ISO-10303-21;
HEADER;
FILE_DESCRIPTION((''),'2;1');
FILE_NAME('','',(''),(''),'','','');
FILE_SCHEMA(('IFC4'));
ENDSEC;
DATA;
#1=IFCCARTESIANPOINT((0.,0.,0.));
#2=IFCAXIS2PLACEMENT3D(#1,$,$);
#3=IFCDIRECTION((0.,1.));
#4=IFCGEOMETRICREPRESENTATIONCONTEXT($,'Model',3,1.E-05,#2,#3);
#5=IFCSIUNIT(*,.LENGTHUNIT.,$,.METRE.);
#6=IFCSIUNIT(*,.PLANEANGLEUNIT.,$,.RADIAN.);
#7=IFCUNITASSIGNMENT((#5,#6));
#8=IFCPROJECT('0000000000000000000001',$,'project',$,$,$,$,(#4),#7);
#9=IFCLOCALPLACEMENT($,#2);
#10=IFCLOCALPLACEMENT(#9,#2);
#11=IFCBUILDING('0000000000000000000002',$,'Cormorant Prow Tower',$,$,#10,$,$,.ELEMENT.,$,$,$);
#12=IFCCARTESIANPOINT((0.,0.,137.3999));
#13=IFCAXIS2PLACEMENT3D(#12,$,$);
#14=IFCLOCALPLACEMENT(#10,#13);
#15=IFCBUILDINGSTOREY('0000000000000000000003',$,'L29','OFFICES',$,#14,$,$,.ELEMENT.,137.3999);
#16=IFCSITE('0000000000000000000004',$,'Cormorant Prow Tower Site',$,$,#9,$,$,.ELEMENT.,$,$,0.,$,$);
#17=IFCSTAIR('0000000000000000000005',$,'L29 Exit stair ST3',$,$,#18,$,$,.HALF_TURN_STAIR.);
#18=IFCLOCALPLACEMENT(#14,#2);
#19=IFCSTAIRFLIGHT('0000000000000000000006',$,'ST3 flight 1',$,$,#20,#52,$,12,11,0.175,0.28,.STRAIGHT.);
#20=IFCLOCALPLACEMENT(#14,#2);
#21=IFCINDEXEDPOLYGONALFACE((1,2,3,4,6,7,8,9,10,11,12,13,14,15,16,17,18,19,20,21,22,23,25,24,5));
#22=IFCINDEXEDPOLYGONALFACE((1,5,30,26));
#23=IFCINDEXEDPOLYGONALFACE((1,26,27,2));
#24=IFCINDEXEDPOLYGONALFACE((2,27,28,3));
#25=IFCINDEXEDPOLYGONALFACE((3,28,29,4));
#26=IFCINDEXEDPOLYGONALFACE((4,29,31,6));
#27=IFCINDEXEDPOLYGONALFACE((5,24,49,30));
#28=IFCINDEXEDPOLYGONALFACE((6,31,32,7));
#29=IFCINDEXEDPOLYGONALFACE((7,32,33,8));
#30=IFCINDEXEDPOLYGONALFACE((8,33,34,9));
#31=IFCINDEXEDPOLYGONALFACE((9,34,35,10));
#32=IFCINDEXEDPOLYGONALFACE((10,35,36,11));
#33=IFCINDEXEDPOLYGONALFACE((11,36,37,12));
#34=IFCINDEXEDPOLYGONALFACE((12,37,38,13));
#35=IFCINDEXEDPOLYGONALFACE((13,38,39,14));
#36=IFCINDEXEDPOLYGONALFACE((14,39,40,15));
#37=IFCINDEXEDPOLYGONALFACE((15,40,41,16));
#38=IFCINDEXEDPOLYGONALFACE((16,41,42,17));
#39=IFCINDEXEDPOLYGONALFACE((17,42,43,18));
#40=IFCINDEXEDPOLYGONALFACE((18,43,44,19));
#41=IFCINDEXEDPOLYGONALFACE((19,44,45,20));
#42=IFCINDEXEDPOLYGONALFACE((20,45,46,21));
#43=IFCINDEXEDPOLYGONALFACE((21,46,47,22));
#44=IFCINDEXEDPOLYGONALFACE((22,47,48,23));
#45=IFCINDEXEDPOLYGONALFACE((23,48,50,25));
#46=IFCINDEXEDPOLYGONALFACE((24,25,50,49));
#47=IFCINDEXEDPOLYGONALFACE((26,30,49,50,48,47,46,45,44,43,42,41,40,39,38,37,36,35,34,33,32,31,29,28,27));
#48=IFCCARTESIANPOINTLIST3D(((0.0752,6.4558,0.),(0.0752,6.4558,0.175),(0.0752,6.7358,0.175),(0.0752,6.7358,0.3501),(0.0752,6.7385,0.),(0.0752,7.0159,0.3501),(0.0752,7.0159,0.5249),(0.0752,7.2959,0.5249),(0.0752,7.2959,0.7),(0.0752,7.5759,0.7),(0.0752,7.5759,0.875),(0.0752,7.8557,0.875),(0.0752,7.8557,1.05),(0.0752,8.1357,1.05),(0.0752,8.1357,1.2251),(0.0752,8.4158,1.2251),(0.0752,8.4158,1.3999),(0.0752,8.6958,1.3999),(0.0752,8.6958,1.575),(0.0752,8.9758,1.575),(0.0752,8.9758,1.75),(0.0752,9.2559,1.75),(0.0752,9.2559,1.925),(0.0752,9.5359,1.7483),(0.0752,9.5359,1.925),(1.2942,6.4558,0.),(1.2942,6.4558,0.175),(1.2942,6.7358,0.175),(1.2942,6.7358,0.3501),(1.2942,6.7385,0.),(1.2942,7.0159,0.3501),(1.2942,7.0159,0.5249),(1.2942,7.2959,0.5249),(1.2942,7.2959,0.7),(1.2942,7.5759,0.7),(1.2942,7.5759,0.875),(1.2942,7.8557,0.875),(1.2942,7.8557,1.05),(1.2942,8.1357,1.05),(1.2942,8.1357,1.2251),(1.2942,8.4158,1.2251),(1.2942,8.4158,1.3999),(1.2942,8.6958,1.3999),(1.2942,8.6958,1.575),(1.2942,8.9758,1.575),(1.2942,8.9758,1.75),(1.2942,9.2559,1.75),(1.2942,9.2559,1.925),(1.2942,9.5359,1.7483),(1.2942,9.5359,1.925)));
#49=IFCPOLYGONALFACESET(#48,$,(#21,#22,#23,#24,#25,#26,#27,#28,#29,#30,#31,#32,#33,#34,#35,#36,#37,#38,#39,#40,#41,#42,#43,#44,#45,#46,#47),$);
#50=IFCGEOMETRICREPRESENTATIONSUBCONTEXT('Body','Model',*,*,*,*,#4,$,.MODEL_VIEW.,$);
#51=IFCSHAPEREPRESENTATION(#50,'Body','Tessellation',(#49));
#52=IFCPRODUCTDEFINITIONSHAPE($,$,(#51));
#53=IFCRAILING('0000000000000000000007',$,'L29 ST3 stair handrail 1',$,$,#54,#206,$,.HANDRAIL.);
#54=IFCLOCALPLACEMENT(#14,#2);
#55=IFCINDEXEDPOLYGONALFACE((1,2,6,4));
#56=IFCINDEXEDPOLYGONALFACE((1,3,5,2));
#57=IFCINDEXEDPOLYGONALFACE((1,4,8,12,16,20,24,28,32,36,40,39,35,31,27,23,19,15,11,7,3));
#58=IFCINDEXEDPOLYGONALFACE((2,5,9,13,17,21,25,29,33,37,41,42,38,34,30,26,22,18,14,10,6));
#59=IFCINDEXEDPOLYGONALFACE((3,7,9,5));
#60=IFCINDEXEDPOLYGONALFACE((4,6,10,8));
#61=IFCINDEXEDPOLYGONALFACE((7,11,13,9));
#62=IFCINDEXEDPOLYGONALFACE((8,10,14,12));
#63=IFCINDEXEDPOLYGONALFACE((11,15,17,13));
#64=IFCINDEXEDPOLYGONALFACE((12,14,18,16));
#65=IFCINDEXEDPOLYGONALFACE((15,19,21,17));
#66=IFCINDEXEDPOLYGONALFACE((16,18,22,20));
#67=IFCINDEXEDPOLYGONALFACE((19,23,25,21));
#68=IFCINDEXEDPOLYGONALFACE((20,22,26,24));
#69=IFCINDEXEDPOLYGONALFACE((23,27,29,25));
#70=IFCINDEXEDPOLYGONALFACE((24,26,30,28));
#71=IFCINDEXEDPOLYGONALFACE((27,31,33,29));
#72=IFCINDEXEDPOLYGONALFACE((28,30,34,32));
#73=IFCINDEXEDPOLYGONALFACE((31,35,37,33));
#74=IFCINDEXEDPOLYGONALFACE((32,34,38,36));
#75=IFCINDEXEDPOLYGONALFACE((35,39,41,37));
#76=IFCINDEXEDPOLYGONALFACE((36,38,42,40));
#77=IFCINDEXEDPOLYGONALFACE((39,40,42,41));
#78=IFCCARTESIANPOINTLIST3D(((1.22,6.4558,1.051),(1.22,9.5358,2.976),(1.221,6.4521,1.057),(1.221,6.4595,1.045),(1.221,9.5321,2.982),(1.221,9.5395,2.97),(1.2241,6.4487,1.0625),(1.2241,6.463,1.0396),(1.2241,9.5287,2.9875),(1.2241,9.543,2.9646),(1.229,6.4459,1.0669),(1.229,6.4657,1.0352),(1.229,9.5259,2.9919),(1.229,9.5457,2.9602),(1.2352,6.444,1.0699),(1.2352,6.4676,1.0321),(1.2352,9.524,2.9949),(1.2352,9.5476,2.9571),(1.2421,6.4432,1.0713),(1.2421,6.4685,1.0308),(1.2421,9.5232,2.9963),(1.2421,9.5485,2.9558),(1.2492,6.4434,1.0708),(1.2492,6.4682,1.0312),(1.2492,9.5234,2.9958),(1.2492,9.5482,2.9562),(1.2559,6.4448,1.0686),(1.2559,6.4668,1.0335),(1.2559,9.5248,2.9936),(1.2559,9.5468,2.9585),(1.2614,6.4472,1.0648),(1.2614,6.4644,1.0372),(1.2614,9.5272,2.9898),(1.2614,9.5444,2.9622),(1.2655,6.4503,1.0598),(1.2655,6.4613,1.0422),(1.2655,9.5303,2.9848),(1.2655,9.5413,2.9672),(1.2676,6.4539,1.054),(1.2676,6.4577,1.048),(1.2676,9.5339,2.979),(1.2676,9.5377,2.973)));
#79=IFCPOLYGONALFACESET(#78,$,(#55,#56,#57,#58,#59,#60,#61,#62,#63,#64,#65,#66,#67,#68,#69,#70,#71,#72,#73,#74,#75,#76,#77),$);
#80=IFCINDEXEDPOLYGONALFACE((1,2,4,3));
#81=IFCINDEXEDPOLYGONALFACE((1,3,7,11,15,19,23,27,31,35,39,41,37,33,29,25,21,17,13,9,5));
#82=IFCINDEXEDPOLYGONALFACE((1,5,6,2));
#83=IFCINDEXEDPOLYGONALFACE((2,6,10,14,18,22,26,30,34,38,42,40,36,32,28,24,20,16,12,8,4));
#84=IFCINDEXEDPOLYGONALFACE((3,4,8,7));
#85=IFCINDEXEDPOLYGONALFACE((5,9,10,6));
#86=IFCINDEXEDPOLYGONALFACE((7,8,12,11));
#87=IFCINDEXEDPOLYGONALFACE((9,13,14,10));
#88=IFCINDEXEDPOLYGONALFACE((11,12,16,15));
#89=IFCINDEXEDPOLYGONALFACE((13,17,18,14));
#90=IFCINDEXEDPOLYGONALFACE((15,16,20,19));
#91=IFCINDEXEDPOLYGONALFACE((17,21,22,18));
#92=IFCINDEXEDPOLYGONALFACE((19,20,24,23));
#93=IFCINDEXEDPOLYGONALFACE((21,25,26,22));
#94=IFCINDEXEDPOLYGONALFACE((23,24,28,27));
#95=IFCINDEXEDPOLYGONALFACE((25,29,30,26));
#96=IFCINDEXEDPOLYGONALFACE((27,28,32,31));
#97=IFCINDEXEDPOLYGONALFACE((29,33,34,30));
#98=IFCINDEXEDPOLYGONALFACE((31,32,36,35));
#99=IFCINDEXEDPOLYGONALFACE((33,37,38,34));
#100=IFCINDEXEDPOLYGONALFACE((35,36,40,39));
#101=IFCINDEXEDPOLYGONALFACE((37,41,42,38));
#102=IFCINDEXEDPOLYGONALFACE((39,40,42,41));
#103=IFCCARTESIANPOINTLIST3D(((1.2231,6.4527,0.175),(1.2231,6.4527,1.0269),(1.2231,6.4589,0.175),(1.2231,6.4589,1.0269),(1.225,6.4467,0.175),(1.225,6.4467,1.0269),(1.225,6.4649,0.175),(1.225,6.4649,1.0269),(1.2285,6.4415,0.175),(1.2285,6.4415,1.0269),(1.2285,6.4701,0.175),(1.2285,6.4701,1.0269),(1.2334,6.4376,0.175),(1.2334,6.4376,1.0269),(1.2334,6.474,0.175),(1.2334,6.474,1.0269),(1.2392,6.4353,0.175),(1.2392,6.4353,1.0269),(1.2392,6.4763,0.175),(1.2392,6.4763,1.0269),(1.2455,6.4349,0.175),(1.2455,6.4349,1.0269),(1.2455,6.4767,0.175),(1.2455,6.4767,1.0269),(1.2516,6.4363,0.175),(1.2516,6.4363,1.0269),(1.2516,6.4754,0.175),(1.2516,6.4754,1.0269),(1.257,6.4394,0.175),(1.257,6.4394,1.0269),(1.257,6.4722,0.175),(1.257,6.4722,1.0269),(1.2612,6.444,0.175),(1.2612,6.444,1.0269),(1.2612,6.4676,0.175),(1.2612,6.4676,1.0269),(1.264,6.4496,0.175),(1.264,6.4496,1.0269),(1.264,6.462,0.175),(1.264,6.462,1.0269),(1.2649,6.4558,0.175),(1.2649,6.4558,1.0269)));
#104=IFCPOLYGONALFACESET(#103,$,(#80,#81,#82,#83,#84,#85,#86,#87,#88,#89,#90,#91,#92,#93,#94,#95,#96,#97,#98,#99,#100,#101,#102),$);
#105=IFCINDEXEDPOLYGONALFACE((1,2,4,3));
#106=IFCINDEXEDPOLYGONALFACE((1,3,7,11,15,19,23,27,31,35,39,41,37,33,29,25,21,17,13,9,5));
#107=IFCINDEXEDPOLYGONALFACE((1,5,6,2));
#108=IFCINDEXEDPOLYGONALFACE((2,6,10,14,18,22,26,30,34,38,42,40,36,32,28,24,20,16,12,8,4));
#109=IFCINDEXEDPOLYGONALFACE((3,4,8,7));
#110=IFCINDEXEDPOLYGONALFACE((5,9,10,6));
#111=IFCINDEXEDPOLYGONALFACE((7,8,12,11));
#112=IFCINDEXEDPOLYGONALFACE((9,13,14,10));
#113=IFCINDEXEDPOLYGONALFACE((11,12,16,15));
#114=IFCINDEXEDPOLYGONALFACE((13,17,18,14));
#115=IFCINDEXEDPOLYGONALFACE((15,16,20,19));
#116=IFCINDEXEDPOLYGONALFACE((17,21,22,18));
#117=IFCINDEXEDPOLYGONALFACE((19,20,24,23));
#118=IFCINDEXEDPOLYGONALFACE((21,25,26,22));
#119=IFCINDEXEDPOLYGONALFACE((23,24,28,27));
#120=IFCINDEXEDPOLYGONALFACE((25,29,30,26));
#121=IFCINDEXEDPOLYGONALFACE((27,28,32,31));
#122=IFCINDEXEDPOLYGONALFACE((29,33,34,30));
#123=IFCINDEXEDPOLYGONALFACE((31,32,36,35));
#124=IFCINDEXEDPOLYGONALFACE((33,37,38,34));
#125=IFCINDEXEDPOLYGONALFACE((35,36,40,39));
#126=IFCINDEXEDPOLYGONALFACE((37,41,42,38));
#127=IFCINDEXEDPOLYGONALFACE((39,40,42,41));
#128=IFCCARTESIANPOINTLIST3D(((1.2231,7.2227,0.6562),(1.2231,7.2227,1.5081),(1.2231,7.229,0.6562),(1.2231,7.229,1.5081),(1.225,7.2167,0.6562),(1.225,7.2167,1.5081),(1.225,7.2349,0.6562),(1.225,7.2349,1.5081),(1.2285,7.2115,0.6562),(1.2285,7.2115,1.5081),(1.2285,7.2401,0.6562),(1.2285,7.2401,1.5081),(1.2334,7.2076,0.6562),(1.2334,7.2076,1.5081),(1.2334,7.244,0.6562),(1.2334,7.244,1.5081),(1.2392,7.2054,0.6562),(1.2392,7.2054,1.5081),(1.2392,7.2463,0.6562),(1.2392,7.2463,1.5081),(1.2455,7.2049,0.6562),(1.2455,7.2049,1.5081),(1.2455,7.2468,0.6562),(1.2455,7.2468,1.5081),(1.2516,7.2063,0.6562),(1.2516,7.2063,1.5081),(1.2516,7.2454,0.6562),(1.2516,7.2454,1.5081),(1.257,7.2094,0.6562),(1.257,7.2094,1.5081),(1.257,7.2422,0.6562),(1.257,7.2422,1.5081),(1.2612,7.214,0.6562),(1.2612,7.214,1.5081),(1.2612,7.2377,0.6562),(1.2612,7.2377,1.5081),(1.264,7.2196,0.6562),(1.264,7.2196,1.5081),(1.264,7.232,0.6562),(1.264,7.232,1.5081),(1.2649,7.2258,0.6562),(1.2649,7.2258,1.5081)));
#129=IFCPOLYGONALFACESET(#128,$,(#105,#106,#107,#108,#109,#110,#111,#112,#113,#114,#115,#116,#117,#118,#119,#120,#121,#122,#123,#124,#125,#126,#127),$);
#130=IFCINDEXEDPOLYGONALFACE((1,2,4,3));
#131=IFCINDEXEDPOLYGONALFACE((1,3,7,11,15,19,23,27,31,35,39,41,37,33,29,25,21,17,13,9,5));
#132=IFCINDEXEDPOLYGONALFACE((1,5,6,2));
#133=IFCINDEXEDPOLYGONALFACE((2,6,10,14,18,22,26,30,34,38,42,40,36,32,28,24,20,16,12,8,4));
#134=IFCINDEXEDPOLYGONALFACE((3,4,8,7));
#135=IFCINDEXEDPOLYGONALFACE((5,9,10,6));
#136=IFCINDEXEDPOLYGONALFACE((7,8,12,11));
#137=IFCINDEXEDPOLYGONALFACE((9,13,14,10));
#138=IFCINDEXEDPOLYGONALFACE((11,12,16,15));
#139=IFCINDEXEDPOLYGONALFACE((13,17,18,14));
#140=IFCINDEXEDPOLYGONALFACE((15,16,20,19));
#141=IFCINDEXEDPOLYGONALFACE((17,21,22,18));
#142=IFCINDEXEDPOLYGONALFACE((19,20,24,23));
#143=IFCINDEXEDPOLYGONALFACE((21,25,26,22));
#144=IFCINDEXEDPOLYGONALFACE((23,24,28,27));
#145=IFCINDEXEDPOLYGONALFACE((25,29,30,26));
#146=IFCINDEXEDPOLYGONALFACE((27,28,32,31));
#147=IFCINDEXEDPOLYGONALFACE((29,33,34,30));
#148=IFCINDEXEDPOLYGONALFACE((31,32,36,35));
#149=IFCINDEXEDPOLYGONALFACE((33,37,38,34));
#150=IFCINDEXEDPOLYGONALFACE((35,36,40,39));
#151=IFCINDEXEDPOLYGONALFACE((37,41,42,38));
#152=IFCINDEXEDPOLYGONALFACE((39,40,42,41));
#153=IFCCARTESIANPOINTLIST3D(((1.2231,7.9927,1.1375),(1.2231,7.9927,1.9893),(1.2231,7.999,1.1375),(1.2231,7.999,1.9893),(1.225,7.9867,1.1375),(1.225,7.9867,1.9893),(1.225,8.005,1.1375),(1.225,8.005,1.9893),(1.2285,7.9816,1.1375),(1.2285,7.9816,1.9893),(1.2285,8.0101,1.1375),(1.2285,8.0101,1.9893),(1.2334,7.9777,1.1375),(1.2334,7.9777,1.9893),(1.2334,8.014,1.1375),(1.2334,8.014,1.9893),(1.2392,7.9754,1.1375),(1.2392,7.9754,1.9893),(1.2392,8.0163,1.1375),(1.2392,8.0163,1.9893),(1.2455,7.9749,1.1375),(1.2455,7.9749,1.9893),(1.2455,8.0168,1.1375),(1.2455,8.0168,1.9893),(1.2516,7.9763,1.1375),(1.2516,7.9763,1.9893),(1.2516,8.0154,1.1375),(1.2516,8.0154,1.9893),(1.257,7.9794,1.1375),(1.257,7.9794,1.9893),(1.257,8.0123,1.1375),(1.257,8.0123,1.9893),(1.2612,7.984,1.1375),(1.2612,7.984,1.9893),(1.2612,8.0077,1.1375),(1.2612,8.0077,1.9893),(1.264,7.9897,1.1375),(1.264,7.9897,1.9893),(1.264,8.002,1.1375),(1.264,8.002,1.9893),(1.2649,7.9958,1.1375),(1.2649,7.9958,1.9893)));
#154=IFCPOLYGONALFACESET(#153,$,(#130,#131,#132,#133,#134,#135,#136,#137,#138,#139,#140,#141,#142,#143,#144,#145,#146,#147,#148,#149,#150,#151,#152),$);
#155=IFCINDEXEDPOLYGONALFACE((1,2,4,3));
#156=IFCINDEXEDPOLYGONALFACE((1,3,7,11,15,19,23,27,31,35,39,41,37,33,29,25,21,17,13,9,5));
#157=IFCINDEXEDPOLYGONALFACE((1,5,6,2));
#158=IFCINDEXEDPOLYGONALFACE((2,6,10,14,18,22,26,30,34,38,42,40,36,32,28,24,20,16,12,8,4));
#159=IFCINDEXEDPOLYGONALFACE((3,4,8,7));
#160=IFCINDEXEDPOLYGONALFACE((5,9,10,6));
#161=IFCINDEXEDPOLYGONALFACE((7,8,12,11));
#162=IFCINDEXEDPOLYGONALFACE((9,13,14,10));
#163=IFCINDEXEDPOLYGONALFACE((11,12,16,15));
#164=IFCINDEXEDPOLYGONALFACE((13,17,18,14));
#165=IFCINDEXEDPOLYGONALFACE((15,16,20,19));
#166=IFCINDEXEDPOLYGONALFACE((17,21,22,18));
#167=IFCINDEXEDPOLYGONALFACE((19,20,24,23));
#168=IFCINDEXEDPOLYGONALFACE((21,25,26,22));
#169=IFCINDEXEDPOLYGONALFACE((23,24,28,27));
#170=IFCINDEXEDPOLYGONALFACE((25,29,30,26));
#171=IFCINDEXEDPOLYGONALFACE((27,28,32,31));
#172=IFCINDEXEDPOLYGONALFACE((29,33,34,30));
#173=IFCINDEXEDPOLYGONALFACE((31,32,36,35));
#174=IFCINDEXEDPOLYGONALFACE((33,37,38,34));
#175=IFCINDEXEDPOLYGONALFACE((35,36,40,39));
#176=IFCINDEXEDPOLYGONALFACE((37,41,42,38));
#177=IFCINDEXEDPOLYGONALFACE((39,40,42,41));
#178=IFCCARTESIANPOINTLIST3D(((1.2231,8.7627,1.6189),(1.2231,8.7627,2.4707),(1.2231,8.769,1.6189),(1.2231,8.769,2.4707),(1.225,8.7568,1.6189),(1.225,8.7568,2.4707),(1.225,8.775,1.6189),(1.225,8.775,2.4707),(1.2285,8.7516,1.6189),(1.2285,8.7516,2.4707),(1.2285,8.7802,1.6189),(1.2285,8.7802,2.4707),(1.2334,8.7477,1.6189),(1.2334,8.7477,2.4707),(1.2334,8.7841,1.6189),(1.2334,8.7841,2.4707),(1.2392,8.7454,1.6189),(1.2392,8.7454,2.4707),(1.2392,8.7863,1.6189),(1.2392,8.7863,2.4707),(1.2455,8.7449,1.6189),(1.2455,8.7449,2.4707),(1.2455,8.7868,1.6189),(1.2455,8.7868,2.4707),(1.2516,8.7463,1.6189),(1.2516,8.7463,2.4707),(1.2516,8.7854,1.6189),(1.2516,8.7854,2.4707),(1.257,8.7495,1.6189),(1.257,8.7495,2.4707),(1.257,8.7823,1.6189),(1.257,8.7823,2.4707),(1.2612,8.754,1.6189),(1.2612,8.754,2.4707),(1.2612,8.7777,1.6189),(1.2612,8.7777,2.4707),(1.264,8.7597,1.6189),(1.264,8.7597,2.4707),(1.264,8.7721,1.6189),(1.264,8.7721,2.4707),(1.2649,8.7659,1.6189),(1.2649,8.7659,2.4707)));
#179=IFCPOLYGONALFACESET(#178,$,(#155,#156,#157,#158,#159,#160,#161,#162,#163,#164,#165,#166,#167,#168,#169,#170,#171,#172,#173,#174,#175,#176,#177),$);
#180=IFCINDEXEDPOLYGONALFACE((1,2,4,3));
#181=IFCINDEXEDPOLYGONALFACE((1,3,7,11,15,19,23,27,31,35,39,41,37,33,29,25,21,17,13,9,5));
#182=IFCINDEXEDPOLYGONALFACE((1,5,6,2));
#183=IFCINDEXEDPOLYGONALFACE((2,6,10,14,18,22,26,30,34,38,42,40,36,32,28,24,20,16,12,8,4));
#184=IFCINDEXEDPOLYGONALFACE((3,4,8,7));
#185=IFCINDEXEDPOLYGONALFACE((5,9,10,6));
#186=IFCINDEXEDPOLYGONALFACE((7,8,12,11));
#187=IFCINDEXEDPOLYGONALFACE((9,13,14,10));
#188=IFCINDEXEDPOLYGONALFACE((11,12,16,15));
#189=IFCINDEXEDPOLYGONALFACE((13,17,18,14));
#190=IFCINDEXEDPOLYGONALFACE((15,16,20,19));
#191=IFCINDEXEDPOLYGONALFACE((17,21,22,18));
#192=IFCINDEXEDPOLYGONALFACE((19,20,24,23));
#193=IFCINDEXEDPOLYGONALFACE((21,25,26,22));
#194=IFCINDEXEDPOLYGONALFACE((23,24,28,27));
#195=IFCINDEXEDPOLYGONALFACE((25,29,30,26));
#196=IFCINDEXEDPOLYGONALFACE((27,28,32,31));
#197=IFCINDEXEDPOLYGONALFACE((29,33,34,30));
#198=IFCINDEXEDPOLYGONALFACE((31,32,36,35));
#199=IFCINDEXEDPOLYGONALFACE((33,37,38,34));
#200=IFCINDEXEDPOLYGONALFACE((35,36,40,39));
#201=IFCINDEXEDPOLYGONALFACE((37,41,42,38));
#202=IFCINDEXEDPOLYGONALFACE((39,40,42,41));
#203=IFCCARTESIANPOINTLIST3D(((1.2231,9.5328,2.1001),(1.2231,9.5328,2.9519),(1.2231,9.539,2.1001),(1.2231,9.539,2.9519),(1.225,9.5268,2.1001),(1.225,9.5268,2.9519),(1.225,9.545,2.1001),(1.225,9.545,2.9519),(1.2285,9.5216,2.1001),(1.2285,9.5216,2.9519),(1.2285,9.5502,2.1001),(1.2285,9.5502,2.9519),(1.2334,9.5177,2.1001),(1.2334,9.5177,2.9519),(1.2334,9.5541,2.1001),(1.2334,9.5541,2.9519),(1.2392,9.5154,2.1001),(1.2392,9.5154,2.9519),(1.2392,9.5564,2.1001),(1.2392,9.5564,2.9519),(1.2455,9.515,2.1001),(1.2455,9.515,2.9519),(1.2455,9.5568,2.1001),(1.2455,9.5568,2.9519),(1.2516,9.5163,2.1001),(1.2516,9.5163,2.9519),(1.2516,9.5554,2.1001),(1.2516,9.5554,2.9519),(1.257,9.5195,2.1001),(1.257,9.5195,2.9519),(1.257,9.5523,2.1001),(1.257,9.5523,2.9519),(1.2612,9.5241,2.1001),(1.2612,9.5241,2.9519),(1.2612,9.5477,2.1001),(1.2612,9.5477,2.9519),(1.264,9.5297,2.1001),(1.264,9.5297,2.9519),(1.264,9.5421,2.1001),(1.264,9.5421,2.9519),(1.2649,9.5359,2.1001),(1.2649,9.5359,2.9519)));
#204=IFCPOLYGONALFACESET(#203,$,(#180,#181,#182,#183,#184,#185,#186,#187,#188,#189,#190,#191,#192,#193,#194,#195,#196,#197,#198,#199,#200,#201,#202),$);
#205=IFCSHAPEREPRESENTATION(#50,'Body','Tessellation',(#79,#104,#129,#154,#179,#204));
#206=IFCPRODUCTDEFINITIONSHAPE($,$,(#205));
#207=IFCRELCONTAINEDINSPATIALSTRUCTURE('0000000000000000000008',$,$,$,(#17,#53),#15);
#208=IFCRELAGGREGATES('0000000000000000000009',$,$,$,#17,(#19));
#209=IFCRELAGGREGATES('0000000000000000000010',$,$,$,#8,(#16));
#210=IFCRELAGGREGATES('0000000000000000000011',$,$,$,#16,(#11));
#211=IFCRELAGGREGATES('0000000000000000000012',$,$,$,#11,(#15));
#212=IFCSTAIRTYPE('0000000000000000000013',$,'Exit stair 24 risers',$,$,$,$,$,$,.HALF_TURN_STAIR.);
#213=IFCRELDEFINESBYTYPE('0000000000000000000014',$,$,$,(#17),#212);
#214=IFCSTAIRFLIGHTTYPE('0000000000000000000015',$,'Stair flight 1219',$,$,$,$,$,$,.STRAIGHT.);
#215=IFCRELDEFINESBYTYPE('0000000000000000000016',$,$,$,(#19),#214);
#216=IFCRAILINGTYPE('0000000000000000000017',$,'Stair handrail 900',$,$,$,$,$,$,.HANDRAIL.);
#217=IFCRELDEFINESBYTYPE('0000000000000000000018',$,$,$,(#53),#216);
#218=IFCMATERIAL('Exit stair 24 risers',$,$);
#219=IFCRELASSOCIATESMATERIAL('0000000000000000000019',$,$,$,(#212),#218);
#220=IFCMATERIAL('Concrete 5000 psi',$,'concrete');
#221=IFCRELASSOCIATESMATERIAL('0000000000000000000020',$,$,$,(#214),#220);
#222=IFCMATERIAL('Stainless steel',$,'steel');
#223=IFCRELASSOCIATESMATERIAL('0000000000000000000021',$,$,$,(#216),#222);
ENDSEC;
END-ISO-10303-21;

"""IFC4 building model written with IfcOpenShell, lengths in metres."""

from ifc_helpers import new_model, si_unit, direction, frame, origin, origin_2d, place, context, subcontext, project, spatial, polyline, circle, outline, extrude, material, type_object, element, aggregate, save


model = new_model("IFC4")

# Units and contexts
model_context = context("Model", 3, precision=1e-05, world=origin(), true_north=direction((0.0, 1.0)))
body_context = subcontext(model_context, "Body", "Model", "MODEL_VIEW")
ifc_project = project(units=[si_unit("LENGTHUNIT", "METRE"), si_unit("PLANEANGLEUNIT", "RADIAN")], contexts=[model_context])

# Site, building, storey
site_placement = place(None, origin())
site = spatial("IfcSite", under=ifc_project, at=site_placement, Name="Cormorant Prow Tower Site", CompositionType="ELEMENT", RefElevation=0.0)
building_placement = place(site_placement, origin())
building = spatial("IfcBuilding", under=site, at=building_placement, Name="Cormorant Prow Tower", CompositionType="ELEMENT")
storey_placement = place(building_placement, frame((0.0, 0.0, 137.3999)))
storey = spatial("IfcBuildingStorey", under=building, at=storey_placement, Name="L29", Description="OFFICES", CompositionType="ELEMENT", Elevation=137.3999)

# Stair
ifc_material_1 = material(Name="Exit stair 24 risers")
stair_type = type_object("IfcStairType", Name="Exit stair 24 risers", PredefinedType="HALF_TURN_STAIR", material=ifc_material_1)
stair_placement = place(storey_placement, origin())
stair = element("IfcStair", 1, at=stair_placement, inside=storey, type_object=stair_type, Name="L29 Exit stair ST3", PredefinedType="HALF_TURN_STAIR")

# Stair flight
ifc_material_2 = material(Name="Concrete 5000 psi", Category="concrete")
stair_flight_type = type_object("IfcStairFlightType", Name="Stair flight 1219", PredefinedType="STRAIGHT", material=ifc_material_2)
stair_flight_placement = place(storey_placement, frame((0.6846, 6.4558, 0.0), z_axis=(0.0, 0.0, 1.0), x_axis=(0.0, 1.0, 0.0)))
stair_flight = element("IfcStairFlight", 2, at=stair_flight_placement, type_object=stair_flight_type, Name="ST3 flight 1", NumberOfRisers=12, NumberOfTreads=11, PredefinedType="STRAIGHT", RiserHeight=0.175, TreadLength=0.28, context=body_context, shape_type="SweptSolid", body=[
    extrude(outline(polyline([(0.0, 0.0), (0.0, 0.175), (0.28, 0.175), (0.28, 0.3501), (0.5601, 0.3501), (0.5601, 0.5249), (0.8401, 0.5249), (0.8401, 0.7), (1.1201, 0.7), (1.1201, 0.875), (1.3999, 0.875), (1.3999, 1.05), (1.6799, 1.05), (1.6799, 1.2251), (1.96, 1.2251), (1.96, 1.3999), (2.24, 1.3999), (2.24, 1.575), (2.52, 1.575), (2.52, 1.75), (2.8, 1.75), (2.8, 1.925), (3.0801, 1.925), (3.0801, 2.1001), (3.0801, 1.7483), (0.2827, 0.0), (0.0, 0.0)])), frame((0.0, 0.6094, 0.0), z_axis=(0.0, -1.0, 0.0), x_axis=(1.0, 0.0, 0.0)), (0.0, 0.0, 1.0), 1.219),
])
aggregate(stair, [stair_flight])

# Railing
ifc_material_3 = material(Name="Stainless steel", Category="steel")
railing_type_1 = type_object("IfcRailingType", Name="Stair handrail 900", PredefinedType="HANDRAIL", material=ifc_material_3)
railing_1_placement = place(storey_placement, frame((1.2439, 6.4558, 0.175)))
element("IfcRailing", 3, at=railing_1_placement, inside=storey, type_object=railing_type_1, Name="L29 ST3 stair handrail 1", PredefinedType="HANDRAIL", context=body_context, shape_type="SweptSolid", body=[
    extrude(circle(Radius=0.0239, at=origin_2d()), frame((0.0, 0.0, 0.876), z_axis=(0.0, 0.847998, 0.529999), x_axis=(-1.0, 0.0, 0.0)), (0.0, 0.0, 1.0), 3.6321),
    extrude(circle(Radius=0.021, at=origin_2d()), origin(), (0.0, 0.0, 1.0), 0.8518),
    extrude(circle(Radius=0.021, at=origin_2d()), frame((0.0, 0.77, 0.4812)), (0.0, 0.0, 1.0), 0.8518),
    extrude(circle(Radius=0.021, at=origin_2d()), frame((0.0, 1.54, 0.9624)), (0.0, 0.0, 1.0), 0.8518),
    extrude(circle(Radius=0.021, at=origin_2d()), frame((0.0, 2.3101, 1.4438)), (0.0, 0.0, 1.0), 0.8518),
    extrude(circle(Radius=0.021, at=origin_2d()), frame((0.0, 3.0801, 1.925)), (0.0, 0.0, 1.0), 0.8518),
])

save(model, "model.ifc")
